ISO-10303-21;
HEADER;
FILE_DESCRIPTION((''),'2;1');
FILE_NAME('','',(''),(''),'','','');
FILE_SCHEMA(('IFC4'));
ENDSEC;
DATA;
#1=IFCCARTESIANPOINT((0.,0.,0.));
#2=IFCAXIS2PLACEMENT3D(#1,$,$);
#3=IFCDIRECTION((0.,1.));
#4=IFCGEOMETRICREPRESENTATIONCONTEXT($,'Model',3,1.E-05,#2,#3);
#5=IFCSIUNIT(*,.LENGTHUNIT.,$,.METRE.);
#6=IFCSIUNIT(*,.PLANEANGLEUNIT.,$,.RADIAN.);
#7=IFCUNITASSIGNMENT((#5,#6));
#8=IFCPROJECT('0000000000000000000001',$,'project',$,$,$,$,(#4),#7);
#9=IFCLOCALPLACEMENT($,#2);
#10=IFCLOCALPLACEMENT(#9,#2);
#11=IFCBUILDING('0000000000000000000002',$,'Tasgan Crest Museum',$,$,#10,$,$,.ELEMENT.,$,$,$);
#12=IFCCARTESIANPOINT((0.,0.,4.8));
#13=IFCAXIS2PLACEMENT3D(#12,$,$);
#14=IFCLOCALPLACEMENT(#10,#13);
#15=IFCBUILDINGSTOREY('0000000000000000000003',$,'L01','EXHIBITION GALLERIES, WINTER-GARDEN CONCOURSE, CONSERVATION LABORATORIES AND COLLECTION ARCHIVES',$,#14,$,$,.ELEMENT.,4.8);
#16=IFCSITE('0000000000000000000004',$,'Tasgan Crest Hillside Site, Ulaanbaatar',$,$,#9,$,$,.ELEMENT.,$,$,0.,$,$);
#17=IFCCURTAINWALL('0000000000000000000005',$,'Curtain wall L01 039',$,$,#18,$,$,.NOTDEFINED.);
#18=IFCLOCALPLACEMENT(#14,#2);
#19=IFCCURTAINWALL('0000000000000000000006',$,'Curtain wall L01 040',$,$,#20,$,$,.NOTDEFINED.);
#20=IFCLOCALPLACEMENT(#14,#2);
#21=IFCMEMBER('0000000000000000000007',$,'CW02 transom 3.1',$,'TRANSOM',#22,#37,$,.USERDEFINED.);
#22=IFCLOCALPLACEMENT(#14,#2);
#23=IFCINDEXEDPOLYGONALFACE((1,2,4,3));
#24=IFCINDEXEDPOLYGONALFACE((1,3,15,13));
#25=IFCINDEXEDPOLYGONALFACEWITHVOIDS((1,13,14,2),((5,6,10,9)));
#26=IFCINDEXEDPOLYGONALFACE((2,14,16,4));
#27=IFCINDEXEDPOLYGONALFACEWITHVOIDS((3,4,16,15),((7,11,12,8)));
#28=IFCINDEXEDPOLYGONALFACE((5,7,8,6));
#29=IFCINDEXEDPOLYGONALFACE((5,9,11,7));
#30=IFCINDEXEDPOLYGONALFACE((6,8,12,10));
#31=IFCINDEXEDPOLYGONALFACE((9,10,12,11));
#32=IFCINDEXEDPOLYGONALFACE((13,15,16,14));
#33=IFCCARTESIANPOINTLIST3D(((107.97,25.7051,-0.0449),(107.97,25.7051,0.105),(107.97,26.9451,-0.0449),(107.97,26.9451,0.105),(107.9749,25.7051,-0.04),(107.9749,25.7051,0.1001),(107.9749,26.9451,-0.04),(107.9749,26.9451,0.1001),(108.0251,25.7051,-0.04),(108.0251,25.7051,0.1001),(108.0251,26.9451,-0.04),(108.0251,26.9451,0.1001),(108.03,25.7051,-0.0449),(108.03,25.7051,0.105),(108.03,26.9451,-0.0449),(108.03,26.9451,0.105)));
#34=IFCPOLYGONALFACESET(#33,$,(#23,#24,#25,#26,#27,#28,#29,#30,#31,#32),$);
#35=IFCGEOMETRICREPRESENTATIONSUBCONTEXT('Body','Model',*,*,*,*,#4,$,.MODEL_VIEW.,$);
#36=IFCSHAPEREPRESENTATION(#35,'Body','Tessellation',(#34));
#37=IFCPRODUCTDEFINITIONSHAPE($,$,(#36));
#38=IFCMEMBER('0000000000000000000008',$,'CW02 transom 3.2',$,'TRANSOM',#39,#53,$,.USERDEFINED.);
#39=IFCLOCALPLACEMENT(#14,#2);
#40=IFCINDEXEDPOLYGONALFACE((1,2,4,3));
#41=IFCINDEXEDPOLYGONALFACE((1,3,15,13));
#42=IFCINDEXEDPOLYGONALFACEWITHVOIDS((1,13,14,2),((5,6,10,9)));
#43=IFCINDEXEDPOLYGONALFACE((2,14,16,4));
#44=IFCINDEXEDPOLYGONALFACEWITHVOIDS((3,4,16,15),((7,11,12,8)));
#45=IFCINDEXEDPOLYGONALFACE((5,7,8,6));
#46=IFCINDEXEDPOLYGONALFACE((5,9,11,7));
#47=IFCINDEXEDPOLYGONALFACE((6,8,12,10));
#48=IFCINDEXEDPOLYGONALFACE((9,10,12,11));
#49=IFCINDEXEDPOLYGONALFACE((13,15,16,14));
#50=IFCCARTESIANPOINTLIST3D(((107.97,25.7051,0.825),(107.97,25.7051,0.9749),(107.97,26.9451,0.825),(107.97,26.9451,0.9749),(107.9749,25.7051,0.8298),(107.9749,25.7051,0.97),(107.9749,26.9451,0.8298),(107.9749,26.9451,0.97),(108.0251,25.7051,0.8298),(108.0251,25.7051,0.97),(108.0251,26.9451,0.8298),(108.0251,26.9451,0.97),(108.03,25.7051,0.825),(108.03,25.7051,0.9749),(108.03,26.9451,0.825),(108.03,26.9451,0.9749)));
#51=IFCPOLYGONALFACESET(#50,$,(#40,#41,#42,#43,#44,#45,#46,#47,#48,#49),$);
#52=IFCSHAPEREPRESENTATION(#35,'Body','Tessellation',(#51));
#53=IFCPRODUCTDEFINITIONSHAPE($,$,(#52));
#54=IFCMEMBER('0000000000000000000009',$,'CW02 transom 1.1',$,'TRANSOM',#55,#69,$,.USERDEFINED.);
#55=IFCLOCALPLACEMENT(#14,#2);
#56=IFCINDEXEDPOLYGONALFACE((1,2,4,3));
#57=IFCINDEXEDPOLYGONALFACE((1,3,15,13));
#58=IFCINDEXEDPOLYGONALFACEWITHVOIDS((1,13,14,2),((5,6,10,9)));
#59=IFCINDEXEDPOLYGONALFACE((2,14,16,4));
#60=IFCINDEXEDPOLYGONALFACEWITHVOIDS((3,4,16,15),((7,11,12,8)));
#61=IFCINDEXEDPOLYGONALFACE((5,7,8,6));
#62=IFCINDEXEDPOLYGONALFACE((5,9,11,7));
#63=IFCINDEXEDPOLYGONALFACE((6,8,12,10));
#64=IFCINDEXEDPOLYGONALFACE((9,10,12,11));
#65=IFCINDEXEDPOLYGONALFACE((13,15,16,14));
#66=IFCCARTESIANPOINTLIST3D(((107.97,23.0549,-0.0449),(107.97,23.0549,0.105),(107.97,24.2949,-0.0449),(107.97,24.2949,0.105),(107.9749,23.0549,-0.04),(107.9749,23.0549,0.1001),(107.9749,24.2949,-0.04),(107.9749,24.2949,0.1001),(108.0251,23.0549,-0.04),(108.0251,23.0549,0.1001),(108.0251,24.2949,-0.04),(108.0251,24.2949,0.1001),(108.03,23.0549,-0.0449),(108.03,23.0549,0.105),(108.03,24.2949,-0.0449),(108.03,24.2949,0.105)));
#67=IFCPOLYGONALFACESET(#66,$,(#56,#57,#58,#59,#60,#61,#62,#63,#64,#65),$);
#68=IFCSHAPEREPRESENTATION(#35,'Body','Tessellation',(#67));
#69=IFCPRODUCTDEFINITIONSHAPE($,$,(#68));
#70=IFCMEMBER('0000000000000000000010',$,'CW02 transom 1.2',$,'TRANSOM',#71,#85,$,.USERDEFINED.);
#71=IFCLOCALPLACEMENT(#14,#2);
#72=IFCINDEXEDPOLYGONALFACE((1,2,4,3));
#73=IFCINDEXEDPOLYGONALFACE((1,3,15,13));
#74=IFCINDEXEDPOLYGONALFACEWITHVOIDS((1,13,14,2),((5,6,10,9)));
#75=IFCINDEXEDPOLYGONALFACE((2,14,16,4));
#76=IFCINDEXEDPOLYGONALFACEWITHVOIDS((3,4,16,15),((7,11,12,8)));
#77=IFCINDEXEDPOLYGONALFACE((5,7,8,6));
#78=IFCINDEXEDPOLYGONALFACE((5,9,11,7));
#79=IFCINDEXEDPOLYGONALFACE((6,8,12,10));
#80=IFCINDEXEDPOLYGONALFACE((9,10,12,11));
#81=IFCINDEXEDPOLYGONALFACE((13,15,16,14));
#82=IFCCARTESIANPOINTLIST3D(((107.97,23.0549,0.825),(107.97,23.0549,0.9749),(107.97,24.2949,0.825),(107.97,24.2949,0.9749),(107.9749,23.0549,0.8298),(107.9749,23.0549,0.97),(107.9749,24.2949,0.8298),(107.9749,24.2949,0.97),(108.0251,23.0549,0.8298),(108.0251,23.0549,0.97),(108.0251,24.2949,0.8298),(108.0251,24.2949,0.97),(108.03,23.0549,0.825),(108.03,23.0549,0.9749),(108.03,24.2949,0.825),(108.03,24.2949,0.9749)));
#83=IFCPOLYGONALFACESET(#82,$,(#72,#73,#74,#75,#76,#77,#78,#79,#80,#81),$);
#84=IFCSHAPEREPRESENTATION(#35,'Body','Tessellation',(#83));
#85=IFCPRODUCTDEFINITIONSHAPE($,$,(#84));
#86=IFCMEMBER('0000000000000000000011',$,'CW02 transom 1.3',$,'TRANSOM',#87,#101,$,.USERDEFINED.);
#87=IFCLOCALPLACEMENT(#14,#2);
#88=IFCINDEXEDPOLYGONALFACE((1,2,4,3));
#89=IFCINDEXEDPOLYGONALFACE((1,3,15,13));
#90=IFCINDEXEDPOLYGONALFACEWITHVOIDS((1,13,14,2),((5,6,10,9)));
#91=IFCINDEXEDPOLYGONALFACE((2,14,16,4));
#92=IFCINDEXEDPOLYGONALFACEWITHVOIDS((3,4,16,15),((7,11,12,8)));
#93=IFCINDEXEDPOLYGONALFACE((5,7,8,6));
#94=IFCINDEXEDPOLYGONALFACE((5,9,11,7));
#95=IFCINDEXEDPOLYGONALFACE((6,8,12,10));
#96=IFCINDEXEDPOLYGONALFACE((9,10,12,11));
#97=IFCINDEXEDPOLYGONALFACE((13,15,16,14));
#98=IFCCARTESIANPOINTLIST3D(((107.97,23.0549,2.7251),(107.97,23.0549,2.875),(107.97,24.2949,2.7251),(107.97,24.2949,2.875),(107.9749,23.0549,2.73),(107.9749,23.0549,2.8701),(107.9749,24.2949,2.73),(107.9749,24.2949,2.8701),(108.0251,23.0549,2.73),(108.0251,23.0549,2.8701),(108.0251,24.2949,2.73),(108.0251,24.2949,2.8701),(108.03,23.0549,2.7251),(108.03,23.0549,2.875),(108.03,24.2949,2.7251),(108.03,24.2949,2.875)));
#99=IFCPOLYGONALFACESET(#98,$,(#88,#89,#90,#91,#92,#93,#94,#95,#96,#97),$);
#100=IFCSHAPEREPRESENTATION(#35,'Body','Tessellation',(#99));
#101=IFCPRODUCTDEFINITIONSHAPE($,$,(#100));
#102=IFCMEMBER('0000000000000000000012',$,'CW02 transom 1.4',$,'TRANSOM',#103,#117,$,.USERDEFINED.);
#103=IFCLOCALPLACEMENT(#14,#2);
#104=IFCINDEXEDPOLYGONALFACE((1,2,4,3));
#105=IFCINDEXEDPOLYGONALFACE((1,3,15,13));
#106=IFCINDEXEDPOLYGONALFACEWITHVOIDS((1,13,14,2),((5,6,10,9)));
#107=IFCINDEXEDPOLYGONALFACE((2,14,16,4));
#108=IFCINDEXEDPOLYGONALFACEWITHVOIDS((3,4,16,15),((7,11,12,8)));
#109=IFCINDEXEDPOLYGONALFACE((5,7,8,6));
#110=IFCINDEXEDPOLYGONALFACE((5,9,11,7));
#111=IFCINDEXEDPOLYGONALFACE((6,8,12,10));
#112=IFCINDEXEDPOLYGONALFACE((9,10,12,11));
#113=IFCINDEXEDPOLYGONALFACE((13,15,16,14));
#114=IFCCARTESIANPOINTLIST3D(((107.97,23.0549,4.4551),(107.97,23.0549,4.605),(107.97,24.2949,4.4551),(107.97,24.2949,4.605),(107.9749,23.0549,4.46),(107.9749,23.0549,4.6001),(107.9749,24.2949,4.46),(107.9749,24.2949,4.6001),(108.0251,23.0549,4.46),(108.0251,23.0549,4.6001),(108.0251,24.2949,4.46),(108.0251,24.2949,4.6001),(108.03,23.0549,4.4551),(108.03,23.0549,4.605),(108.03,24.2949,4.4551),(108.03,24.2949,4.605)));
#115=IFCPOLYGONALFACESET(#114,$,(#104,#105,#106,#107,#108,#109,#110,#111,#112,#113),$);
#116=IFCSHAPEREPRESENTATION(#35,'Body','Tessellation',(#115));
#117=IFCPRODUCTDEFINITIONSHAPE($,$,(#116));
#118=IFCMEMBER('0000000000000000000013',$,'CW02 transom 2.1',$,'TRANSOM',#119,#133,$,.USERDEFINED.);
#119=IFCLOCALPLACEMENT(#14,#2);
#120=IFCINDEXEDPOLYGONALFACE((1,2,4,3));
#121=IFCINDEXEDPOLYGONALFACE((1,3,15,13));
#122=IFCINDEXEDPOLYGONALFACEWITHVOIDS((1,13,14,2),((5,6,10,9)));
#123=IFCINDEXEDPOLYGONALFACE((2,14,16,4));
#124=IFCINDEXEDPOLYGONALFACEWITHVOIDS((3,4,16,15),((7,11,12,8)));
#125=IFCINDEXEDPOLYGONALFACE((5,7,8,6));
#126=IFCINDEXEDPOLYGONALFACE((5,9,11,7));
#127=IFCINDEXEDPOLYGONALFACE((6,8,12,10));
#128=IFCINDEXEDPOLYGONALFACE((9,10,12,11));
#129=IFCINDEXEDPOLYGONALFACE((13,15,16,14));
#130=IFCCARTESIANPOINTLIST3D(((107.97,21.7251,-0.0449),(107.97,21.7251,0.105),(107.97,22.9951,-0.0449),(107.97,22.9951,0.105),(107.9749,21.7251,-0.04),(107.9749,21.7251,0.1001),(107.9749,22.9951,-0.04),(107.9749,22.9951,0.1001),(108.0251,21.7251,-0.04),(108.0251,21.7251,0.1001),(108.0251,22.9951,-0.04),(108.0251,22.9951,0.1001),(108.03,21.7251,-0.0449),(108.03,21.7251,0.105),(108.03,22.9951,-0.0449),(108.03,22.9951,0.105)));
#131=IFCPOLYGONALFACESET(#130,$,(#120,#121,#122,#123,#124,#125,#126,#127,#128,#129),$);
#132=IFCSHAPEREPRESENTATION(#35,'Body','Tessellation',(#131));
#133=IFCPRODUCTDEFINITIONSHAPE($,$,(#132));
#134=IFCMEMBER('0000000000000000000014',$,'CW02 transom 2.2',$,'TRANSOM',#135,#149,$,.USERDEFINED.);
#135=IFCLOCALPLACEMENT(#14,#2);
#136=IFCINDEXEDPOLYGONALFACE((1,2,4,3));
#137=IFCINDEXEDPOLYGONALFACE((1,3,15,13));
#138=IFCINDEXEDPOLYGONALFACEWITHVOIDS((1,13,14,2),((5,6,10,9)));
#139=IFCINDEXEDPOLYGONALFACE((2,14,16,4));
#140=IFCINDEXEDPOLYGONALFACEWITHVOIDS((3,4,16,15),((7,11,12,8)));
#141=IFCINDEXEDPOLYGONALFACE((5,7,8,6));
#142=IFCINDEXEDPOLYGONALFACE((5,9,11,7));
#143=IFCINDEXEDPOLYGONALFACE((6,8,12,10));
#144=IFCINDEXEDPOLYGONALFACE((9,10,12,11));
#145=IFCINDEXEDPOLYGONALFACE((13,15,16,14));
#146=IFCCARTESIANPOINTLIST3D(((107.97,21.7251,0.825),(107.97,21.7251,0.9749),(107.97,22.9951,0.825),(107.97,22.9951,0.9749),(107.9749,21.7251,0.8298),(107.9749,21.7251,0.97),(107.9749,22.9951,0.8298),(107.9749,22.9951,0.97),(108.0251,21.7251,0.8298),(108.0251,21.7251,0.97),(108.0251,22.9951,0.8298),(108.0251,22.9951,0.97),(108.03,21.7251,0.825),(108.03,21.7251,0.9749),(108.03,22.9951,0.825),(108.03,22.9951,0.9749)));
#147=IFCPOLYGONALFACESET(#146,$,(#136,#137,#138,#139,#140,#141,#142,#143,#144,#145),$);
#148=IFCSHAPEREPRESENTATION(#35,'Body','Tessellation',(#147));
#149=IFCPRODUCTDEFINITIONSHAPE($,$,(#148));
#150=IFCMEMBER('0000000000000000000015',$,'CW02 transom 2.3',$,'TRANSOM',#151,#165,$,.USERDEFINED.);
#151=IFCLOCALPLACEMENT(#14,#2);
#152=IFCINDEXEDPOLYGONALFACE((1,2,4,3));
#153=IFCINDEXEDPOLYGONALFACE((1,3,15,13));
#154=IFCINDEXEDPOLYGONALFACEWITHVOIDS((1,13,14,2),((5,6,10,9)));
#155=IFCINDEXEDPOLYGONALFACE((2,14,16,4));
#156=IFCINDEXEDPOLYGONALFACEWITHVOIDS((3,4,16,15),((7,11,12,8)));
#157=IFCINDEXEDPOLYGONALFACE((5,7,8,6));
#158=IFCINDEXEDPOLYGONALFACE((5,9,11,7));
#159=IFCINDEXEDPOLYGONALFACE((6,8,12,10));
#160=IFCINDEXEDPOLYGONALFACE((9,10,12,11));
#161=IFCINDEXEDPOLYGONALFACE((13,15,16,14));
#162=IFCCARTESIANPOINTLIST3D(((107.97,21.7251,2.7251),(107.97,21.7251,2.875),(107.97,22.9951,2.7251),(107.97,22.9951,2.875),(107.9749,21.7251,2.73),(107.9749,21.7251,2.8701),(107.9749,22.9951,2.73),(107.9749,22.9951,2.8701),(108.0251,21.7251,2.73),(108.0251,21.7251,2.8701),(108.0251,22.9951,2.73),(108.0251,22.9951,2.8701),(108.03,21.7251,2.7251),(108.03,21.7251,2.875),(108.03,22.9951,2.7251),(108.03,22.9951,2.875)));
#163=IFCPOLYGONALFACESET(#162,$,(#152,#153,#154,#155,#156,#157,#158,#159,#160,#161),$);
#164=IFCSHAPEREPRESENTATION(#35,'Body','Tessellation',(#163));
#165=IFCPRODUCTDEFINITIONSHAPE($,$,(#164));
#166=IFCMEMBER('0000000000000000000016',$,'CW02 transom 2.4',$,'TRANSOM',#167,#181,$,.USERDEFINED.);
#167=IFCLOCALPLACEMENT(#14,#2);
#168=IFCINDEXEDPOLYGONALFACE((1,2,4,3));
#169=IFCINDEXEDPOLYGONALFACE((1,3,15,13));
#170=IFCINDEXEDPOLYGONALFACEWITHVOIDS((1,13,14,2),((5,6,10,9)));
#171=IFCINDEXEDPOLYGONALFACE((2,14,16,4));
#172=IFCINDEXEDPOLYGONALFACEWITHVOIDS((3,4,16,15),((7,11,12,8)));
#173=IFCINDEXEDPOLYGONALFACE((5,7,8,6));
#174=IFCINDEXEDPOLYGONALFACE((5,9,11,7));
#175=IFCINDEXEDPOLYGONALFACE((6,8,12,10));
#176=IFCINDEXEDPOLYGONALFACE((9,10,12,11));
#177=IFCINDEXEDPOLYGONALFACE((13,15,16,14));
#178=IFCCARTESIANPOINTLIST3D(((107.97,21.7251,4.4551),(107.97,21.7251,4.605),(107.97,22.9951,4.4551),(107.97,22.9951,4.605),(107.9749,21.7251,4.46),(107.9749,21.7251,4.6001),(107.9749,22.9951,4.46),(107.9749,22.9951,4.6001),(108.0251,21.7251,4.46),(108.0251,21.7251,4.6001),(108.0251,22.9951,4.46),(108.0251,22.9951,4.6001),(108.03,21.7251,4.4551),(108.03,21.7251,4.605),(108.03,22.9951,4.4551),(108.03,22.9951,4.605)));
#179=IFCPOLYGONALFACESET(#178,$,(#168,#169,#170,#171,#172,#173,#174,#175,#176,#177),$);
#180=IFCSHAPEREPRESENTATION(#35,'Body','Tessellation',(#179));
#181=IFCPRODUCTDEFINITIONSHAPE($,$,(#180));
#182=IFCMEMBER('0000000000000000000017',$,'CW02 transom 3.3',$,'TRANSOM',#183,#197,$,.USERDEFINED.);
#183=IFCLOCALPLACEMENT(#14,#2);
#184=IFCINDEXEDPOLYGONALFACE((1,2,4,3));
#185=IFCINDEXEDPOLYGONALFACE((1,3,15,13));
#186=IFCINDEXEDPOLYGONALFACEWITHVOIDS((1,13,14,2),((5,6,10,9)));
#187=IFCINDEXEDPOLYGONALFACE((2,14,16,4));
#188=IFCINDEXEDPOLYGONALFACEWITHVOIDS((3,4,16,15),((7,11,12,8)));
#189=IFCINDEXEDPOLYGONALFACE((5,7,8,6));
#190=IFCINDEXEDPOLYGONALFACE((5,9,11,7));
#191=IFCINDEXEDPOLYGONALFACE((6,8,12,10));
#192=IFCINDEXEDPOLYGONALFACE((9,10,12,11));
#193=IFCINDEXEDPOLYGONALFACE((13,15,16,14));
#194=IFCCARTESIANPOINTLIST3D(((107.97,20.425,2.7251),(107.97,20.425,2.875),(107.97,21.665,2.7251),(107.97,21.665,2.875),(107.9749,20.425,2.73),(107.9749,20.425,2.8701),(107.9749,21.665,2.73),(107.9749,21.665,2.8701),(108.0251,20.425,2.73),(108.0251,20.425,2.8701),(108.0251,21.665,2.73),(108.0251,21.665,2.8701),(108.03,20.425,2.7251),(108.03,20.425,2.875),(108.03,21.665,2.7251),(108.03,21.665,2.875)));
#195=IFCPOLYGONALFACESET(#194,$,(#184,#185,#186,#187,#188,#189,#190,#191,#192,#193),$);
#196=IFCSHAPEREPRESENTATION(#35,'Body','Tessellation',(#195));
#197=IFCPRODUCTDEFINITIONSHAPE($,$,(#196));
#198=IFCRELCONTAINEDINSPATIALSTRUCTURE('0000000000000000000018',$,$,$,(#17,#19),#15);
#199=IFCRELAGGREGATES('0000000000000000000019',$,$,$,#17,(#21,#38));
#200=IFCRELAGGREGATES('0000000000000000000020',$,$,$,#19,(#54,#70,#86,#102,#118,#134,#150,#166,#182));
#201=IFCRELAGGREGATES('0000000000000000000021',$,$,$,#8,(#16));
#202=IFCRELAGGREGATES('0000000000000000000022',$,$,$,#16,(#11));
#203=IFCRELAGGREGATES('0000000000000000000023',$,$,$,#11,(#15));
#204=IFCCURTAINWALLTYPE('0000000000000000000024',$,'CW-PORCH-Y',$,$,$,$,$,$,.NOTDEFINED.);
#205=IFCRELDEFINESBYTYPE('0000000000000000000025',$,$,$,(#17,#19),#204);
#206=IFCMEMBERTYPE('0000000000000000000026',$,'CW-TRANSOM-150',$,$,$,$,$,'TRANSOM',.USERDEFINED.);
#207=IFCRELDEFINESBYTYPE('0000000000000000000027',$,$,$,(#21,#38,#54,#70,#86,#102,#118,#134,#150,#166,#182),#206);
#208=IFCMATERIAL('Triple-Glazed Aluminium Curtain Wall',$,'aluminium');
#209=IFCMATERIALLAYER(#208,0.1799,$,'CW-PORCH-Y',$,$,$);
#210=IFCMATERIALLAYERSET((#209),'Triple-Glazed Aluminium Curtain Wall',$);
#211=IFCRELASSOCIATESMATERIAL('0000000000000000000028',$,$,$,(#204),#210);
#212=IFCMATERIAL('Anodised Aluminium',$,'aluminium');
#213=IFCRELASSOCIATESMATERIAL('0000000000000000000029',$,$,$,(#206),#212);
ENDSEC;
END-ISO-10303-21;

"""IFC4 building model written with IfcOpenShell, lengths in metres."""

from ifc_helpers import new_model, si_unit, direction, frame, origin, origin_2d, place, context, subcontext, project, spatial, hollow_rectangle, extrude, material, layer, layer_set, material_profile, profile_set, type_object, element, aggregate, save


model = new_model("IFC4")

# Units and contexts
model_context = context("Model", 3, precision=1e-05, world=origin(), true_north=direction((0.0, 1.0)))
body_context = subcontext(model_context, "Body", "Model", "MODEL_VIEW")
ifc_project = project(units=[si_unit("LENGTHUNIT", "METRE"), si_unit("PLANEANGLEUNIT", "RADIAN")], contexts=[model_context])

# Site, building, storey
site_placement = place(None, origin())
site = spatial("IfcSite", under=ifc_project, at=site_placement, Name="Tasgan Crest Hillside Site, Ulaanbaatar", CompositionType="ELEMENT", RefElevation=0.0)
building_placement = place(site_placement, origin())
building = spatial("IfcBuilding", under=site, at=building_placement, Name="Tasgan Crest Museum", CompositionType="ELEMENT")
storey_placement = place(building_placement, frame((0.0, 0.0, 4.8)))
storey = spatial("IfcBuildingStorey", under=building, at=storey_placement, Name="L01", Description="EXHIBITION GALLERIES, WINTER-GARDEN CONCOURSE, CONSERVATION LABORATORIES AND COLLECTION ARCHIVES", CompositionType="ELEMENT", Elevation=4.8)

# Curtain wall
ifc_material_1 = material(Name="Triple-Glazed Aluminium Curtain Wall", Category="aluminium")
ifc_layer_1 = layer(ifc_material_1, 0.1799, Name="CW-PORCH-Y")
ifc_layer_set_1 = layer_set([ifc_layer_1], Name="Triple-Glazed Aluminium Curtain Wall")
curtain_wall_type_1 = type_object("IfcCurtainWallType", Name="CW-PORCH-Y", PredefinedType="NOTDEFINED", material=ifc_layer_set_1)
curtain_wall_1_placement = place(storey_placement, origin())
curtain_wall_1 = element("IfcCurtainWall", 1, at=curtain_wall_1_placement, inside=storey, type_object=curtain_wall_type_1, Name="Curtain wall L01 039", PredefinedType="NOTDEFINED")

# Curtain wall
curtain_wall_2_placement = place(storey_placement, origin())
curtain_wall_2 = element("IfcCurtainWall", 2, at=curtain_wall_2_placement, inside=storey, type_object=curtain_wall_type_1, Name="Curtain wall L01 040", PredefinedType="NOTDEFINED")

# Members
ifc_material_2 = material(Name="Anodised Aluminium", Category="aluminium")
ifc_material_profile_1 = material_profile(ifc_material_2, hollow_rectangle(XDim=0.0601, YDim=0.1499, WallThickness=0.0049, at=origin_2d()), Name="ALU TRANSOM 150x60x5")
ifc_profile_set_1 = profile_set([ifc_material_profile_1], Name="Anodised Aluminium")
member_type_1 = type_object("IfcMemberType", Name="CW-TRANSOM-150", ElementType="TRANSOM", PredefinedType="USERDEFINED", material=ifc_profile_set_1)
member_1_placement = place(storey_placement, frame((108.0, 26.9451, 0.03), z_axis=(0.0, -1.0, 0.0), x_axis=(1.0, 0.0, 0.0)))
member_1 = element("IfcMember", 3, at=member_1_placement, type_object=member_type_1, Name="CW02 transom 3.1", ObjectType="TRANSOM", PredefinedType="USERDEFINED", context=body_context, shape_type="SweptSolid", body=[
    extrude(hollow_rectangle(XDim=0.0601, YDim=0.1499, WallThickness=0.0049, at=origin_2d()), origin(), (0.0, 0.0, 1.0), 1.24),
])
member_2_placement = place(storey_placement, frame((108.0, 26.9451, 0.8999), z_axis=(0.0, -1.0, 0.0), x_axis=(1.0, 0.0, 0.0)))
member_2 = element("IfcMember", 4, at=member_2_placement, type_object=member_type_1, Name="CW02 transom 3.2", ObjectType="TRANSOM", PredefinedType="USERDEFINED", context=body_context, shape_type="SweptSolid", body=[
    extrude(hollow_rectangle(XDim=0.0601, YDim=0.1499, WallThickness=0.0049, at=origin_2d()), origin(), (0.0, 0.0, 1.0), 1.24),
])
member_3_placement = place(storey_placement, frame((108.0, 24.2949, 0.03), z_axis=(0.0, -1.0, 0.0), x_axis=(1.0, 0.0, 0.0)))
member_3 = element("IfcMember", 5, at=member_3_placement, type_object=member_type_1, Name="CW02 transom 1.1", ObjectType="TRANSOM", PredefinedType="USERDEFINED", context=body_context, shape_type="SweptSolid", body=[
    extrude(hollow_rectangle(XDim=0.0601, YDim=0.1499, WallThickness=0.0049, at=origin_2d()), origin(), (0.0, 0.0, 1.0), 1.24),
])
member_4_placement = place(storey_placement, frame((108.0, 24.2949, 0.8999), z_axis=(0.0, -1.0, 0.0), x_axis=(1.0, 0.0, 0.0)))
member_4 = element("IfcMember", 6, at=member_4_placement, type_object=member_type_1, Name="CW02 transom 1.2", ObjectType="TRANSOM", PredefinedType="USERDEFINED", context=body_context, shape_type="SweptSolid", body=[
    extrude(hollow_rectangle(XDim=0.0601, YDim=0.1499, WallThickness=0.0049, at=origin_2d()), origin(), (0.0, 0.0, 1.0), 1.24),
])
member_5_placement = place(storey_placement, frame((108.0, 24.2949, 2.8), z_axis=(0.0, -1.0, 0.0), x_axis=(1.0, 0.0, 0.0)))
member_5 = element("IfcMember", 7, at=member_5_placement, type_object=member_type_1, Name="CW02 transom 1.3", ObjectType="TRANSOM", PredefinedType="USERDEFINED", context=body_context, shape_type="SweptSolid", body=[
    extrude(hollow_rectangle(XDim=0.0601, YDim=0.1499, WallThickness=0.0049, at=origin_2d()), origin(), (0.0, 0.0, 1.0), 1.24),
])
member_6_placement = place(storey_placement, frame((108.0, 24.2949, 4.53), z_axis=(0.0, -1.0, 0.0), x_axis=(1.0, 0.0, 0.0)))
member_6 = element("IfcMember", 8, at=member_6_placement, type_object=member_type_1, Name="CW02 transom 1.4", ObjectType="TRANSOM", PredefinedType="USERDEFINED", context=body_context, shape_type="SweptSolid", body=[
    extrude(hollow_rectangle(XDim=0.0601, YDim=0.1499, WallThickness=0.0049, at=origin_2d()), origin(), (0.0, 0.0, 1.0), 1.24),
])
member_7_placement = place(storey_placement, frame((108.0, 22.9951, 0.03), z_axis=(0.0, -1.0, 0.0), x_axis=(1.0, 0.0, 0.0)))
member_7 = element("IfcMember", 9, at=member_7_placement, type_object=member_type_1, Name="CW02 transom 2.1", ObjectType="TRANSOM", PredefinedType="USERDEFINED", context=body_context, shape_type="SweptSolid", body=[
    extrude(hollow_rectangle(XDim=0.0601, YDim=0.1499, WallThickness=0.0049, at=origin_2d()), origin(), (0.0, 0.0, 1.0), 1.27),
])
member_8_placement = place(storey_placement, frame((108.0, 22.9951, 0.8999), z_axis=(0.0, -1.0, 0.0), x_axis=(1.0, 0.0, 0.0)))
member_8 = element("IfcMember", 10, at=member_8_placement, type_object=member_type_1, Name="CW02 transom 2.2", ObjectType="TRANSOM", PredefinedType="USERDEFINED", context=body_context, shape_type="SweptSolid", body=[
    extrude(hollow_rectangle(XDim=0.0601, YDim=0.1499, WallThickness=0.0049, at=origin_2d()), origin(), (0.0, 0.0, 1.0), 1.27),
])
member_9_placement = place(storey_placement, frame((108.0, 22.9951, 2.8), z_axis=(0.0, -1.0, 0.0), x_axis=(1.0, 0.0, 0.0)))
member_9 = element("IfcMember", 11, at=member_9_placement, type_object=member_type_1, Name="CW02 transom 2.3", ObjectType="TRANSOM", PredefinedType="USERDEFINED", context=body_context, shape_type="SweptSolid", body=[
    extrude(hollow_rectangle(XDim=0.0601, YDim=0.1499, WallThickness=0.0049, at=origin_2d()), origin(), (0.0, 0.0, 1.0), 1.27),
])
member_10_placement = place(storey_placement, frame((108.0, 22.9951, 4.53), z_axis=(0.0, -1.0, 0.0), x_axis=(1.0, 0.0, 0.0)))
member_10 = element("IfcMember", 12, at=member_10_placement, type_object=member_type_1, Name="CW02 transom 2.4", ObjectType="TRANSOM", PredefinedType="USERDEFINED", context=body_context, shape_type="SweptSolid", body=[
    extrude(hollow_rectangle(XDim=0.0601, YDim=0.1499, WallThickness=0.0049, at=origin_2d()), origin(), (0.0, 0.0, 1.0), 1.27),
])
member_11_placement = place(storey_placement, frame((108.0, 21.665, 2.8), z_axis=(0.0, -1.0, 0.0), x_axis=(1.0, 0.0, 0.0)))
member_11 = element("IfcMember", 13, at=member_11_placement, type_object=member_type_1, Name="CW02 transom 3.3", ObjectType="TRANSOM", PredefinedType="USERDEFINED", context=body_context, shape_type="SweptSolid", body=[
    extrude(hollow_rectangle(XDim=0.0601, YDim=0.1499, WallThickness=0.0049, at=origin_2d()), origin(), (0.0, 0.0, 1.0), 1.24),
])

aggregate(curtain_wall_1, [member_1, member_2])
aggregate(curtain_wall_2, [member_3, member_4, member_5, member_6, member_7, member_8, member_9, member_10, member_11])

save(model, "model.ifc")
